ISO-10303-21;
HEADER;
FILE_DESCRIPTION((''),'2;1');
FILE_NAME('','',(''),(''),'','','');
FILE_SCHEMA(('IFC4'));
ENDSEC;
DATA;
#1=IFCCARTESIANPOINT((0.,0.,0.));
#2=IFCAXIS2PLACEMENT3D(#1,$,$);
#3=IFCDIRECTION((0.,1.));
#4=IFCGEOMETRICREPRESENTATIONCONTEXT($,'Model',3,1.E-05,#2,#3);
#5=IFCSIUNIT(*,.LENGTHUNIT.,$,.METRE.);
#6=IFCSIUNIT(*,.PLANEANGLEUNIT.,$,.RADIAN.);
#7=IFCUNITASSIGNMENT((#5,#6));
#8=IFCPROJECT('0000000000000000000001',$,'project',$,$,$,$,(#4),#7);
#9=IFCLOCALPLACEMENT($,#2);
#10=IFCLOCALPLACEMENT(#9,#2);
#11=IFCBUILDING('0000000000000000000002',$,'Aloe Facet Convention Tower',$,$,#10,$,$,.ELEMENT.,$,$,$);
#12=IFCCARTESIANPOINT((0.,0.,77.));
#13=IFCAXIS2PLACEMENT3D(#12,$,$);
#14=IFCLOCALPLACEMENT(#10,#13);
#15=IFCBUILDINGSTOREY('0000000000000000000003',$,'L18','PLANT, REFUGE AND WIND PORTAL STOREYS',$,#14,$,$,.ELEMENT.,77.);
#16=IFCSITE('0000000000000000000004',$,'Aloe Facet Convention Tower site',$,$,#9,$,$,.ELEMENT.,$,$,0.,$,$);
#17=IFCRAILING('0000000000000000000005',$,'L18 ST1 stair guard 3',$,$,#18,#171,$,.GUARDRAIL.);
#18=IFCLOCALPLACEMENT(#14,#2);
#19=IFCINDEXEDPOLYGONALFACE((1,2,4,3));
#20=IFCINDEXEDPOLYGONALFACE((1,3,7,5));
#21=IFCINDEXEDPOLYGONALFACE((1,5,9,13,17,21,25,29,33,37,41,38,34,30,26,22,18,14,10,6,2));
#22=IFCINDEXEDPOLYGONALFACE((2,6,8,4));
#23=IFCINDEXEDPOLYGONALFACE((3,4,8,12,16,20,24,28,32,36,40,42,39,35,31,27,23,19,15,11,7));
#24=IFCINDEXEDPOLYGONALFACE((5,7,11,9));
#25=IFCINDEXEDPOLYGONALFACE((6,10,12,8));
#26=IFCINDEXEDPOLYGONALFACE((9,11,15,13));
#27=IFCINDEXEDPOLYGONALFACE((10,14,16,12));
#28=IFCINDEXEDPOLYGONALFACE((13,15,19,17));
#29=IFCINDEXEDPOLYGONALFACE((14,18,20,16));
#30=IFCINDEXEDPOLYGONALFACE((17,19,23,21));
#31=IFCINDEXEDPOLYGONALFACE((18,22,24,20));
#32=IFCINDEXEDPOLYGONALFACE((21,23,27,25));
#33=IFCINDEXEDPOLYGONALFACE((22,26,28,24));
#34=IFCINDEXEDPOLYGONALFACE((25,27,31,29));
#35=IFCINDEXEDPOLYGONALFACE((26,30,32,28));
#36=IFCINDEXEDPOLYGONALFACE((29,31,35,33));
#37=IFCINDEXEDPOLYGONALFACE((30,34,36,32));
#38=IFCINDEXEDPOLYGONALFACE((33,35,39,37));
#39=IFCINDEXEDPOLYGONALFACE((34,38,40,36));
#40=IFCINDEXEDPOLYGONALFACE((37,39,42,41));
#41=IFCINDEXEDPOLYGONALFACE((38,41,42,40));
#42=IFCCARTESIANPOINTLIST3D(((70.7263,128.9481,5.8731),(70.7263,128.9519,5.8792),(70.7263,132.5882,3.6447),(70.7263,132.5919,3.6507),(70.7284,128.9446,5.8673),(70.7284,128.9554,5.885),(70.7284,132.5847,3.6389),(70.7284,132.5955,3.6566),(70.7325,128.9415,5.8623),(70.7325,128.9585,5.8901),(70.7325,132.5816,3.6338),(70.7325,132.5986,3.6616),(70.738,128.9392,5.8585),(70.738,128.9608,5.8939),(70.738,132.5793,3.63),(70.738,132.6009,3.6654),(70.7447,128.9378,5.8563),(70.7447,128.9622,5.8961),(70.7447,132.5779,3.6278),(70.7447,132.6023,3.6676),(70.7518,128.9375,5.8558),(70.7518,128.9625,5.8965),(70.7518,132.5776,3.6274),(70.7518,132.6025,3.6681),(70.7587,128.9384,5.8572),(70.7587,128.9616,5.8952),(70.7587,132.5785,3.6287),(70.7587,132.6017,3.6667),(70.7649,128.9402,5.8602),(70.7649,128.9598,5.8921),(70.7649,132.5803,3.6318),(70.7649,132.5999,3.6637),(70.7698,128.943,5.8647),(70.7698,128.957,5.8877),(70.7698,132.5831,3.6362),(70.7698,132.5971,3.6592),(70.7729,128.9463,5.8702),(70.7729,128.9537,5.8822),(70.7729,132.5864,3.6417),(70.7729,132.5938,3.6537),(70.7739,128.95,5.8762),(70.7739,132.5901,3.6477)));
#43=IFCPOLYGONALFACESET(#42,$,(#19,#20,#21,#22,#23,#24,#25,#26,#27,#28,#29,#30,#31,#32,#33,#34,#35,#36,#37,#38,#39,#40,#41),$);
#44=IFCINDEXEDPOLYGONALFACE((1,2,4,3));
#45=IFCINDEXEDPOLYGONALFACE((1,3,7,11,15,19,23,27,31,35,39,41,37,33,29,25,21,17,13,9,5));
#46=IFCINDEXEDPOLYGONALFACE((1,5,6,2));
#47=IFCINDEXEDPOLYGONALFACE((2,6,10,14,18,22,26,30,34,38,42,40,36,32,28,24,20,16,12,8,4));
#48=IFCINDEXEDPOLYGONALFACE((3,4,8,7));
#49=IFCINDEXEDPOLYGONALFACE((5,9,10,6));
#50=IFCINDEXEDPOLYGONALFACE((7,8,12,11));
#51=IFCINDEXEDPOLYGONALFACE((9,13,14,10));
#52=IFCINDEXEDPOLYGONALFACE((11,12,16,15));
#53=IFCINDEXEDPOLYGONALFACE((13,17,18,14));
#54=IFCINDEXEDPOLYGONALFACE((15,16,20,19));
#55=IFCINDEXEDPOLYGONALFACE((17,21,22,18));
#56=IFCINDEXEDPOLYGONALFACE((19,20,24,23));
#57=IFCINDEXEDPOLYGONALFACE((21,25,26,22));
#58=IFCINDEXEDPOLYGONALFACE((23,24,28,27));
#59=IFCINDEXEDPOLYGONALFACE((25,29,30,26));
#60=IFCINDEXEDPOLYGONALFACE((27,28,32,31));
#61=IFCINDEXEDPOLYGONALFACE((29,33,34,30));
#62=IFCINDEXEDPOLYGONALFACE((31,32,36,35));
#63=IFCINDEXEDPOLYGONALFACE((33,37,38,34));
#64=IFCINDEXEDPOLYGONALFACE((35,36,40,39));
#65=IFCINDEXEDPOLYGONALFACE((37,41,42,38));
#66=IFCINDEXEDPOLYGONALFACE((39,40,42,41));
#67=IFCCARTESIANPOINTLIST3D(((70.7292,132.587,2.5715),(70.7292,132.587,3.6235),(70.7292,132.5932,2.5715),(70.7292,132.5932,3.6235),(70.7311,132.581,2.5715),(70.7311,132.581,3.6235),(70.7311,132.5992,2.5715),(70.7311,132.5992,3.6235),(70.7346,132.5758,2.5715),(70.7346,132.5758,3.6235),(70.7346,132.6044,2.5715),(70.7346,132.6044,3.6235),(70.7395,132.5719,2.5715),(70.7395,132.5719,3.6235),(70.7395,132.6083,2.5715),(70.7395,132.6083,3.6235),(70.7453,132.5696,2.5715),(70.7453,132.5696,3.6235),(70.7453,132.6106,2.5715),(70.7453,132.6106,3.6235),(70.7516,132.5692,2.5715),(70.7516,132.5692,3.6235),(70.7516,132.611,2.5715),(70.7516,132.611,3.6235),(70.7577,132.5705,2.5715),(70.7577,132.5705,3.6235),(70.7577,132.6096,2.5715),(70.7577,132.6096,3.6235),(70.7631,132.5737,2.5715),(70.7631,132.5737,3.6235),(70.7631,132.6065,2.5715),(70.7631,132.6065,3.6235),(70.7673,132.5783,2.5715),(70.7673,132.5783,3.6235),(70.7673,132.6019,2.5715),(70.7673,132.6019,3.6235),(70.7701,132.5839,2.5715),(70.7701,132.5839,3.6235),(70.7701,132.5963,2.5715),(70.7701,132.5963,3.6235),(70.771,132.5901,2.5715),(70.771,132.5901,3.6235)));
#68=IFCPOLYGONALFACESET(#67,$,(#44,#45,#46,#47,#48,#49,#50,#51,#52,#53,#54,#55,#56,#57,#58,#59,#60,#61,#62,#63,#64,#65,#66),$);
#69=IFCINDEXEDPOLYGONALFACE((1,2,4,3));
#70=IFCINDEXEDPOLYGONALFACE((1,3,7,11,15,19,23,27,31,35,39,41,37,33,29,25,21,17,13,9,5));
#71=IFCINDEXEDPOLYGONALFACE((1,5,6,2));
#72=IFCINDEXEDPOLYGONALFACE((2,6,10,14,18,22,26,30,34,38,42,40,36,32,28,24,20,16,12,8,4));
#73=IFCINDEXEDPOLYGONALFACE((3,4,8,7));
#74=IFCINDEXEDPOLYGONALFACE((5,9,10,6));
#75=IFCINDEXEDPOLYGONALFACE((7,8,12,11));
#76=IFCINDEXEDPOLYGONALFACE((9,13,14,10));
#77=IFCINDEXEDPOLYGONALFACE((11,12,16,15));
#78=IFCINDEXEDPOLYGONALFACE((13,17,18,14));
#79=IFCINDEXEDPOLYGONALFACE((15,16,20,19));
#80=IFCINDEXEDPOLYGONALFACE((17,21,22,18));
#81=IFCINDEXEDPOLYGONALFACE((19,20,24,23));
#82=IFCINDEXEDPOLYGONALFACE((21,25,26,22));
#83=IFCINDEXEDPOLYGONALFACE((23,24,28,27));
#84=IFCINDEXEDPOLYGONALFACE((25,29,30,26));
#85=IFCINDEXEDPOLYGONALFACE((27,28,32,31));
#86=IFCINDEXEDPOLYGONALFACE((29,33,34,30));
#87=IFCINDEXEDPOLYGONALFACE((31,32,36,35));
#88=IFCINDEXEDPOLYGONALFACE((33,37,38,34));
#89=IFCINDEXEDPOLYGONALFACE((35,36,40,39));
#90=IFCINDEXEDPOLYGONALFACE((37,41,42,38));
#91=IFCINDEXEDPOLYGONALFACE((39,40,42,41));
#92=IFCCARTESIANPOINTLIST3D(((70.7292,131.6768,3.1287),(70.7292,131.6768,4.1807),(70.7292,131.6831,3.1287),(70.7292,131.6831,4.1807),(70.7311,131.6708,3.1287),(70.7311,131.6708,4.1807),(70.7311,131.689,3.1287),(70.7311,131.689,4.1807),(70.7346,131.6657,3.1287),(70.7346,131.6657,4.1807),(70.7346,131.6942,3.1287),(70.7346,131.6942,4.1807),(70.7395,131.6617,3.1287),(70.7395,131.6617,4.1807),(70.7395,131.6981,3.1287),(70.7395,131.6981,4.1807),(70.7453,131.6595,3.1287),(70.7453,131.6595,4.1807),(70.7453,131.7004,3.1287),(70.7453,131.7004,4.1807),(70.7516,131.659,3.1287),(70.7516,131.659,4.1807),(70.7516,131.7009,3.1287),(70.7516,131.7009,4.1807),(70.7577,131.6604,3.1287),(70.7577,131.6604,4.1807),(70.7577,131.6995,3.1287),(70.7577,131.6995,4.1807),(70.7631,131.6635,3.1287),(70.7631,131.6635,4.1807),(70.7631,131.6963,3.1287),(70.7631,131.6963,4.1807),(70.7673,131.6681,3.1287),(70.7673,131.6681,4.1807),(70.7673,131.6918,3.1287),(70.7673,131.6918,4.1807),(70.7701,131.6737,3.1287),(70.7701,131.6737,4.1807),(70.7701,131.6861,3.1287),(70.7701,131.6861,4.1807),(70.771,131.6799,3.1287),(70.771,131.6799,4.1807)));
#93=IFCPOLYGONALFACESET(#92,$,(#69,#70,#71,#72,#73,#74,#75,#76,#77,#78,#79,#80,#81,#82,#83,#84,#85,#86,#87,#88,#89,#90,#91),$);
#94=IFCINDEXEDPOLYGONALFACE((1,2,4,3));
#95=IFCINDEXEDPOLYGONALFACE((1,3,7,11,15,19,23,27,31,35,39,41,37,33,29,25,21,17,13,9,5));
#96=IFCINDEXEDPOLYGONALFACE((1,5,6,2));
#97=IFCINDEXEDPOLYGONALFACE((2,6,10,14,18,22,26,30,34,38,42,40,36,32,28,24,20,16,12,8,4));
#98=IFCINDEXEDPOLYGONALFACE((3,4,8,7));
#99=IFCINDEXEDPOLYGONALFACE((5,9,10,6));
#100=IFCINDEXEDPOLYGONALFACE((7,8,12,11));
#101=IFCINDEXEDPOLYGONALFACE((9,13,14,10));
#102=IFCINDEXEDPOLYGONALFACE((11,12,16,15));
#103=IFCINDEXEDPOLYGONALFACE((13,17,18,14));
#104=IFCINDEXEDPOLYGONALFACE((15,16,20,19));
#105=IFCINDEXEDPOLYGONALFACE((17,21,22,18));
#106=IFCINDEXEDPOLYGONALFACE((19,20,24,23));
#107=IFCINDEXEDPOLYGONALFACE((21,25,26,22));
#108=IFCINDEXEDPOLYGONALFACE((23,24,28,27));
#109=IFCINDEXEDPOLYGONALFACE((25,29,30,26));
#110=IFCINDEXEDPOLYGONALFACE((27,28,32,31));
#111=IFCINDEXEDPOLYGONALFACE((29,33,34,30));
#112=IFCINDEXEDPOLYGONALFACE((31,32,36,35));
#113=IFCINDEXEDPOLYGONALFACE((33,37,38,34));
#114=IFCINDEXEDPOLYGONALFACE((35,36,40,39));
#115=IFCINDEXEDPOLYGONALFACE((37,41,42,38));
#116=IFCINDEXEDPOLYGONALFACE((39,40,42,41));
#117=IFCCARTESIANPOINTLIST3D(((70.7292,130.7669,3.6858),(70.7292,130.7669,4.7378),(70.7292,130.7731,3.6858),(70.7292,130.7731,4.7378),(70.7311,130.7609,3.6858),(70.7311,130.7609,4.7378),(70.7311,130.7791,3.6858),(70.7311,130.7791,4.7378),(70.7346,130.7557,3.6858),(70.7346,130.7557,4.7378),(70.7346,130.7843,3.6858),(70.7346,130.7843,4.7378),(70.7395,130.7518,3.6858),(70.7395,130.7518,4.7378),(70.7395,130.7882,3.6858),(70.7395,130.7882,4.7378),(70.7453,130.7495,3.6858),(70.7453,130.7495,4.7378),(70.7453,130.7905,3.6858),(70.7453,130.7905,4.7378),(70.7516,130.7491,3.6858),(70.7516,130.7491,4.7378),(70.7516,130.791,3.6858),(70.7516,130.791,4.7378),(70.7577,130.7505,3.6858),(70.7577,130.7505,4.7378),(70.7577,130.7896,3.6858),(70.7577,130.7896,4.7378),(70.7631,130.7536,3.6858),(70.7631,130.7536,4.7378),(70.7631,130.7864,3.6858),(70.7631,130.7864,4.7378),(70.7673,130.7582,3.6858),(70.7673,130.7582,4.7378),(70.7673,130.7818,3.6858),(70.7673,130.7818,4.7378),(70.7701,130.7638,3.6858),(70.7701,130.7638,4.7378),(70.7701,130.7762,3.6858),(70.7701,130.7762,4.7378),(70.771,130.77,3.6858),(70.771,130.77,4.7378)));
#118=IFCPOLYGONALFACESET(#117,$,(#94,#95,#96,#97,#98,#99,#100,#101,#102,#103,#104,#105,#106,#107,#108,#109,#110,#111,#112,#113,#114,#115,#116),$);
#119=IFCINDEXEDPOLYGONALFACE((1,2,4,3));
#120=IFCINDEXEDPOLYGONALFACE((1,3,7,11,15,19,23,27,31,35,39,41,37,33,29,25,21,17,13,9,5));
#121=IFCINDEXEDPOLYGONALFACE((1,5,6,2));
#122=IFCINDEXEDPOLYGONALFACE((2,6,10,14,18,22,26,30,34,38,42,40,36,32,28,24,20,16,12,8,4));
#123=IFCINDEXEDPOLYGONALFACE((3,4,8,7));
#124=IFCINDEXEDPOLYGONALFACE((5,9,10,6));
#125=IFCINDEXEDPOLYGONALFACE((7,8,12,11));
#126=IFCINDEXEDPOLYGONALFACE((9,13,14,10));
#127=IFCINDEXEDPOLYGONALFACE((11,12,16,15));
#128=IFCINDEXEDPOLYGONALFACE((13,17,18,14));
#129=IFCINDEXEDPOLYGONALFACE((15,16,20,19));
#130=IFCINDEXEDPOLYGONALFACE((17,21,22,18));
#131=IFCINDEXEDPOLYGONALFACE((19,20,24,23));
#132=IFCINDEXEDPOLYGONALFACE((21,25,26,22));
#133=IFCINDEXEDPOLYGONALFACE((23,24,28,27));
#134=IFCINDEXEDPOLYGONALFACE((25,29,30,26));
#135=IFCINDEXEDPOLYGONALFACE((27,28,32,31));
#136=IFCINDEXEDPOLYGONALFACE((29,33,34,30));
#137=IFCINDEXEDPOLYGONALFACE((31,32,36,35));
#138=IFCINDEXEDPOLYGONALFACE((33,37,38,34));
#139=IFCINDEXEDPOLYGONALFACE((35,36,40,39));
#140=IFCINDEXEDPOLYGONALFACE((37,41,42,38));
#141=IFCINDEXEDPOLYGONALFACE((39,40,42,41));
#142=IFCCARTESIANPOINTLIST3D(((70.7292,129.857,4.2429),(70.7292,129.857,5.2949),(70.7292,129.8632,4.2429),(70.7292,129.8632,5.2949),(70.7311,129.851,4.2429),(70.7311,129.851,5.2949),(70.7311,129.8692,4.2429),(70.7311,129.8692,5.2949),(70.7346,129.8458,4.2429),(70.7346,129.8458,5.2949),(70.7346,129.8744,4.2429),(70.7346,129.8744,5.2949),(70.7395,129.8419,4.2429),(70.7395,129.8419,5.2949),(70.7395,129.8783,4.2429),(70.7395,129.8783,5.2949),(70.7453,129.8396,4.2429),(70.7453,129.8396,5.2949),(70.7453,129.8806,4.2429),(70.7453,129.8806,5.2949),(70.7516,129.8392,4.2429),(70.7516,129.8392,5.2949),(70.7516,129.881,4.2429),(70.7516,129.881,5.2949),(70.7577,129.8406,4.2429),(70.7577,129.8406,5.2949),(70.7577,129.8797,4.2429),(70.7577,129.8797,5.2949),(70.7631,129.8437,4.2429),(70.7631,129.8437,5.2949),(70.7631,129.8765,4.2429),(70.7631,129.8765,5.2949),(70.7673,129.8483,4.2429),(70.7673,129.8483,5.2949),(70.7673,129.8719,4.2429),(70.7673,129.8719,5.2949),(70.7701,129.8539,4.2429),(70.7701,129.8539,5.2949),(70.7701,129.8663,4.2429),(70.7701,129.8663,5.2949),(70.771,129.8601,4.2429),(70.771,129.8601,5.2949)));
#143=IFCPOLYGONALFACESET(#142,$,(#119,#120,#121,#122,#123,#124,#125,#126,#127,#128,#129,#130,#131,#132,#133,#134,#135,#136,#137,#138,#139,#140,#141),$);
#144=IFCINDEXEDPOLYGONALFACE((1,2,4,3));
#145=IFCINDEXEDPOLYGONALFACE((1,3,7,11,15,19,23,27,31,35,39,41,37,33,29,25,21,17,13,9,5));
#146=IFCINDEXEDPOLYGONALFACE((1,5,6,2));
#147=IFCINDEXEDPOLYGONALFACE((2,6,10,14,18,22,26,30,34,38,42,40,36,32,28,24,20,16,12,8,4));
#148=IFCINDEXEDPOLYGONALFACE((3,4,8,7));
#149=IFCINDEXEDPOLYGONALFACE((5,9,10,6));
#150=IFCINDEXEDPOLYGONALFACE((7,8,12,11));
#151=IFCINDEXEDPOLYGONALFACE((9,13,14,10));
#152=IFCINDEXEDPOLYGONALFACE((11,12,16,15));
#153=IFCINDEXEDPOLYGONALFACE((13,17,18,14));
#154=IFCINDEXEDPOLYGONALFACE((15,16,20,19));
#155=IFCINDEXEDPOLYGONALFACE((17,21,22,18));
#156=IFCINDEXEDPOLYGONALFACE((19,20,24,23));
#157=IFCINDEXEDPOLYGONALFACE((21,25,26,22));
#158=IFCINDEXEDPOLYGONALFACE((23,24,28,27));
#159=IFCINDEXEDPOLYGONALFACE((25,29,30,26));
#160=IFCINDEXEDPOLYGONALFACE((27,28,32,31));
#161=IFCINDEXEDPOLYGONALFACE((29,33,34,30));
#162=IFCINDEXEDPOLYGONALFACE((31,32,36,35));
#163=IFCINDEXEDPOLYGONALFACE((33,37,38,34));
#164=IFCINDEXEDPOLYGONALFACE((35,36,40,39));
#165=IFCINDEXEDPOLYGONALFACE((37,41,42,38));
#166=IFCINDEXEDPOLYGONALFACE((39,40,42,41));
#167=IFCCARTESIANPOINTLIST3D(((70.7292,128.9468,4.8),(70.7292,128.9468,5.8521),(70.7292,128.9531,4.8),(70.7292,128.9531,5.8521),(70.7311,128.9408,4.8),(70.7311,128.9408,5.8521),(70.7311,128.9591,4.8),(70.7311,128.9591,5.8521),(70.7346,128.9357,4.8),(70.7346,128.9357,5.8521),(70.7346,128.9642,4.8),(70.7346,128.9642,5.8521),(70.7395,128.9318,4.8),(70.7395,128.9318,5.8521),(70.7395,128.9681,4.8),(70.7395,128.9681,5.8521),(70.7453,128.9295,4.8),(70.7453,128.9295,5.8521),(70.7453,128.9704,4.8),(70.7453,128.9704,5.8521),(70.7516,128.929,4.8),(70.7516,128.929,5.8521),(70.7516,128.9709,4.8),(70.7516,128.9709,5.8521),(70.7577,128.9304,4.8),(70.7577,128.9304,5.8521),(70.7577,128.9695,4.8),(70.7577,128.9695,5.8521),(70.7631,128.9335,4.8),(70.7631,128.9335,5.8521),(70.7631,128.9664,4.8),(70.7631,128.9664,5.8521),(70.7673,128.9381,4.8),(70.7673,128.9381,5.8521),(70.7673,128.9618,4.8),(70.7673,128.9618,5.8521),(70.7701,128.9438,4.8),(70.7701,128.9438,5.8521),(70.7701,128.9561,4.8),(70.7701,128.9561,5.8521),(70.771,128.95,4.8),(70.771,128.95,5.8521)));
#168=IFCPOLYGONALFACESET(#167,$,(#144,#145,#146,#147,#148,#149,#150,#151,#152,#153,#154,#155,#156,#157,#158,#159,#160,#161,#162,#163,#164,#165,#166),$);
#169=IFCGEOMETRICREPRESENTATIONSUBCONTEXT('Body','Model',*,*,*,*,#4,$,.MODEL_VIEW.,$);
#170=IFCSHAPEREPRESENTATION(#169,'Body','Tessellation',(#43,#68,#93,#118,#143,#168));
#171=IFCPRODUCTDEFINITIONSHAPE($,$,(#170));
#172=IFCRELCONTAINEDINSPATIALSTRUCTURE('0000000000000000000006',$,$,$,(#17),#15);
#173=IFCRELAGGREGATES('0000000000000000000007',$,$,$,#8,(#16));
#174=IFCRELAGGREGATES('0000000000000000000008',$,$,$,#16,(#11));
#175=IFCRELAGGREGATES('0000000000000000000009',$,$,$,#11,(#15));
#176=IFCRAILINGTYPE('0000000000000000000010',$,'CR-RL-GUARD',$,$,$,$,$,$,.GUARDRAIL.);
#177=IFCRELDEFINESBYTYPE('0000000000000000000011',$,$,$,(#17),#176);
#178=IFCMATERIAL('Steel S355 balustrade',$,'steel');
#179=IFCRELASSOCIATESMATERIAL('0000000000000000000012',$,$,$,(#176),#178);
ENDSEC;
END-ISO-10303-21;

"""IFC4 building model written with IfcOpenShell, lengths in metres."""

from ifc_helpers import new_model, si_unit, direction, frame, origin, origin_2d, place, context, subcontext, project, spatial, circle, extrude, material, type_object, element, save


model = new_model("IFC4")

# Units and contexts
model_context = context("Model", 3, precision=1e-05, world=origin(), true_north=direction((0.0, 1.0)))
body_context = subcontext(model_context, "Body", "Model", "MODEL_VIEW")
ifc_project = project(units=[si_unit("LENGTHUNIT", "METRE"), si_unit("PLANEANGLEUNIT", "RADIAN")], contexts=[model_context])

# Site, building, storey
site_placement = place(None, origin())
site = spatial("IfcSite", under=ifc_project, at=site_placement, Name="Aloe Facet Convention Tower site", CompositionType="ELEMENT", RefElevation=0.0)
building_placement = place(site_placement, origin())
building = spatial("IfcBuilding", under=site, at=building_placement, Name="Aloe Facet Convention Tower", CompositionType="ELEMENT")
storey_placement = place(building_placement, frame((0.0, 0.0, 77.0)))
storey = spatial("IfcBuildingStorey", under=building, at=storey_placement, Name="L18", Description="PLANT, REFUGE AND WIND PORTAL STOREYS", CompositionType="ELEMENT", Elevation=77.0)

# Railing
ifc_material_1 = material(Name="Steel S355 balustrade", Category="steel")
railing_type_1 = type_object("IfcRailingType", Name="CR-RL-GUARD", PredefinedType="GUARDRAIL", material=ifc_material_1)
railing_1_placement = place(storey_placement, frame((70.75, 132.5901, 2.5715)))
element("IfcRailing", 1, at=railing_1_placement, inside=storey, type_object=railing_type_1, Name="L18 ST1 stair guard 3", PredefinedType="GUARDRAIL", context=body_context, shape_type="SweptSolid", body=[
    extrude(circle(Radius=0.0239, at=origin_2d()), frame((0.0, 0.0, 1.0762), z_axis=(0.0, -0.852866, 0.52213), x_axis=(1.0, 0.0, 0.0)), (0.0, 0.0, 1.0), 4.2681),
    extrude(circle(Radius=0.021, at=origin_2d()), origin(), (0.0, 0.0, 1.0), 1.052),
    extrude(circle(Radius=0.021, at=origin_2d()), frame((0.0, -0.9102, 0.5571)), (0.0, 0.0, 1.0), 1.052),
    extrude(circle(Radius=0.021, at=origin_2d()), frame((0.0, -1.8201, 1.1143)), (0.0, 0.0, 1.0), 1.052),
    extrude(circle(Radius=0.021, at=origin_2d()), frame((0.0, -2.73, 1.6714)), (0.0, 0.0, 1.0), 1.052),
    extrude(circle(Radius=0.021, at=origin_2d()), frame((0.0, -3.6401, 2.2285)), (0.0, 0.0, 1.0), 1.052),
])

save(model, "model.ifc")
